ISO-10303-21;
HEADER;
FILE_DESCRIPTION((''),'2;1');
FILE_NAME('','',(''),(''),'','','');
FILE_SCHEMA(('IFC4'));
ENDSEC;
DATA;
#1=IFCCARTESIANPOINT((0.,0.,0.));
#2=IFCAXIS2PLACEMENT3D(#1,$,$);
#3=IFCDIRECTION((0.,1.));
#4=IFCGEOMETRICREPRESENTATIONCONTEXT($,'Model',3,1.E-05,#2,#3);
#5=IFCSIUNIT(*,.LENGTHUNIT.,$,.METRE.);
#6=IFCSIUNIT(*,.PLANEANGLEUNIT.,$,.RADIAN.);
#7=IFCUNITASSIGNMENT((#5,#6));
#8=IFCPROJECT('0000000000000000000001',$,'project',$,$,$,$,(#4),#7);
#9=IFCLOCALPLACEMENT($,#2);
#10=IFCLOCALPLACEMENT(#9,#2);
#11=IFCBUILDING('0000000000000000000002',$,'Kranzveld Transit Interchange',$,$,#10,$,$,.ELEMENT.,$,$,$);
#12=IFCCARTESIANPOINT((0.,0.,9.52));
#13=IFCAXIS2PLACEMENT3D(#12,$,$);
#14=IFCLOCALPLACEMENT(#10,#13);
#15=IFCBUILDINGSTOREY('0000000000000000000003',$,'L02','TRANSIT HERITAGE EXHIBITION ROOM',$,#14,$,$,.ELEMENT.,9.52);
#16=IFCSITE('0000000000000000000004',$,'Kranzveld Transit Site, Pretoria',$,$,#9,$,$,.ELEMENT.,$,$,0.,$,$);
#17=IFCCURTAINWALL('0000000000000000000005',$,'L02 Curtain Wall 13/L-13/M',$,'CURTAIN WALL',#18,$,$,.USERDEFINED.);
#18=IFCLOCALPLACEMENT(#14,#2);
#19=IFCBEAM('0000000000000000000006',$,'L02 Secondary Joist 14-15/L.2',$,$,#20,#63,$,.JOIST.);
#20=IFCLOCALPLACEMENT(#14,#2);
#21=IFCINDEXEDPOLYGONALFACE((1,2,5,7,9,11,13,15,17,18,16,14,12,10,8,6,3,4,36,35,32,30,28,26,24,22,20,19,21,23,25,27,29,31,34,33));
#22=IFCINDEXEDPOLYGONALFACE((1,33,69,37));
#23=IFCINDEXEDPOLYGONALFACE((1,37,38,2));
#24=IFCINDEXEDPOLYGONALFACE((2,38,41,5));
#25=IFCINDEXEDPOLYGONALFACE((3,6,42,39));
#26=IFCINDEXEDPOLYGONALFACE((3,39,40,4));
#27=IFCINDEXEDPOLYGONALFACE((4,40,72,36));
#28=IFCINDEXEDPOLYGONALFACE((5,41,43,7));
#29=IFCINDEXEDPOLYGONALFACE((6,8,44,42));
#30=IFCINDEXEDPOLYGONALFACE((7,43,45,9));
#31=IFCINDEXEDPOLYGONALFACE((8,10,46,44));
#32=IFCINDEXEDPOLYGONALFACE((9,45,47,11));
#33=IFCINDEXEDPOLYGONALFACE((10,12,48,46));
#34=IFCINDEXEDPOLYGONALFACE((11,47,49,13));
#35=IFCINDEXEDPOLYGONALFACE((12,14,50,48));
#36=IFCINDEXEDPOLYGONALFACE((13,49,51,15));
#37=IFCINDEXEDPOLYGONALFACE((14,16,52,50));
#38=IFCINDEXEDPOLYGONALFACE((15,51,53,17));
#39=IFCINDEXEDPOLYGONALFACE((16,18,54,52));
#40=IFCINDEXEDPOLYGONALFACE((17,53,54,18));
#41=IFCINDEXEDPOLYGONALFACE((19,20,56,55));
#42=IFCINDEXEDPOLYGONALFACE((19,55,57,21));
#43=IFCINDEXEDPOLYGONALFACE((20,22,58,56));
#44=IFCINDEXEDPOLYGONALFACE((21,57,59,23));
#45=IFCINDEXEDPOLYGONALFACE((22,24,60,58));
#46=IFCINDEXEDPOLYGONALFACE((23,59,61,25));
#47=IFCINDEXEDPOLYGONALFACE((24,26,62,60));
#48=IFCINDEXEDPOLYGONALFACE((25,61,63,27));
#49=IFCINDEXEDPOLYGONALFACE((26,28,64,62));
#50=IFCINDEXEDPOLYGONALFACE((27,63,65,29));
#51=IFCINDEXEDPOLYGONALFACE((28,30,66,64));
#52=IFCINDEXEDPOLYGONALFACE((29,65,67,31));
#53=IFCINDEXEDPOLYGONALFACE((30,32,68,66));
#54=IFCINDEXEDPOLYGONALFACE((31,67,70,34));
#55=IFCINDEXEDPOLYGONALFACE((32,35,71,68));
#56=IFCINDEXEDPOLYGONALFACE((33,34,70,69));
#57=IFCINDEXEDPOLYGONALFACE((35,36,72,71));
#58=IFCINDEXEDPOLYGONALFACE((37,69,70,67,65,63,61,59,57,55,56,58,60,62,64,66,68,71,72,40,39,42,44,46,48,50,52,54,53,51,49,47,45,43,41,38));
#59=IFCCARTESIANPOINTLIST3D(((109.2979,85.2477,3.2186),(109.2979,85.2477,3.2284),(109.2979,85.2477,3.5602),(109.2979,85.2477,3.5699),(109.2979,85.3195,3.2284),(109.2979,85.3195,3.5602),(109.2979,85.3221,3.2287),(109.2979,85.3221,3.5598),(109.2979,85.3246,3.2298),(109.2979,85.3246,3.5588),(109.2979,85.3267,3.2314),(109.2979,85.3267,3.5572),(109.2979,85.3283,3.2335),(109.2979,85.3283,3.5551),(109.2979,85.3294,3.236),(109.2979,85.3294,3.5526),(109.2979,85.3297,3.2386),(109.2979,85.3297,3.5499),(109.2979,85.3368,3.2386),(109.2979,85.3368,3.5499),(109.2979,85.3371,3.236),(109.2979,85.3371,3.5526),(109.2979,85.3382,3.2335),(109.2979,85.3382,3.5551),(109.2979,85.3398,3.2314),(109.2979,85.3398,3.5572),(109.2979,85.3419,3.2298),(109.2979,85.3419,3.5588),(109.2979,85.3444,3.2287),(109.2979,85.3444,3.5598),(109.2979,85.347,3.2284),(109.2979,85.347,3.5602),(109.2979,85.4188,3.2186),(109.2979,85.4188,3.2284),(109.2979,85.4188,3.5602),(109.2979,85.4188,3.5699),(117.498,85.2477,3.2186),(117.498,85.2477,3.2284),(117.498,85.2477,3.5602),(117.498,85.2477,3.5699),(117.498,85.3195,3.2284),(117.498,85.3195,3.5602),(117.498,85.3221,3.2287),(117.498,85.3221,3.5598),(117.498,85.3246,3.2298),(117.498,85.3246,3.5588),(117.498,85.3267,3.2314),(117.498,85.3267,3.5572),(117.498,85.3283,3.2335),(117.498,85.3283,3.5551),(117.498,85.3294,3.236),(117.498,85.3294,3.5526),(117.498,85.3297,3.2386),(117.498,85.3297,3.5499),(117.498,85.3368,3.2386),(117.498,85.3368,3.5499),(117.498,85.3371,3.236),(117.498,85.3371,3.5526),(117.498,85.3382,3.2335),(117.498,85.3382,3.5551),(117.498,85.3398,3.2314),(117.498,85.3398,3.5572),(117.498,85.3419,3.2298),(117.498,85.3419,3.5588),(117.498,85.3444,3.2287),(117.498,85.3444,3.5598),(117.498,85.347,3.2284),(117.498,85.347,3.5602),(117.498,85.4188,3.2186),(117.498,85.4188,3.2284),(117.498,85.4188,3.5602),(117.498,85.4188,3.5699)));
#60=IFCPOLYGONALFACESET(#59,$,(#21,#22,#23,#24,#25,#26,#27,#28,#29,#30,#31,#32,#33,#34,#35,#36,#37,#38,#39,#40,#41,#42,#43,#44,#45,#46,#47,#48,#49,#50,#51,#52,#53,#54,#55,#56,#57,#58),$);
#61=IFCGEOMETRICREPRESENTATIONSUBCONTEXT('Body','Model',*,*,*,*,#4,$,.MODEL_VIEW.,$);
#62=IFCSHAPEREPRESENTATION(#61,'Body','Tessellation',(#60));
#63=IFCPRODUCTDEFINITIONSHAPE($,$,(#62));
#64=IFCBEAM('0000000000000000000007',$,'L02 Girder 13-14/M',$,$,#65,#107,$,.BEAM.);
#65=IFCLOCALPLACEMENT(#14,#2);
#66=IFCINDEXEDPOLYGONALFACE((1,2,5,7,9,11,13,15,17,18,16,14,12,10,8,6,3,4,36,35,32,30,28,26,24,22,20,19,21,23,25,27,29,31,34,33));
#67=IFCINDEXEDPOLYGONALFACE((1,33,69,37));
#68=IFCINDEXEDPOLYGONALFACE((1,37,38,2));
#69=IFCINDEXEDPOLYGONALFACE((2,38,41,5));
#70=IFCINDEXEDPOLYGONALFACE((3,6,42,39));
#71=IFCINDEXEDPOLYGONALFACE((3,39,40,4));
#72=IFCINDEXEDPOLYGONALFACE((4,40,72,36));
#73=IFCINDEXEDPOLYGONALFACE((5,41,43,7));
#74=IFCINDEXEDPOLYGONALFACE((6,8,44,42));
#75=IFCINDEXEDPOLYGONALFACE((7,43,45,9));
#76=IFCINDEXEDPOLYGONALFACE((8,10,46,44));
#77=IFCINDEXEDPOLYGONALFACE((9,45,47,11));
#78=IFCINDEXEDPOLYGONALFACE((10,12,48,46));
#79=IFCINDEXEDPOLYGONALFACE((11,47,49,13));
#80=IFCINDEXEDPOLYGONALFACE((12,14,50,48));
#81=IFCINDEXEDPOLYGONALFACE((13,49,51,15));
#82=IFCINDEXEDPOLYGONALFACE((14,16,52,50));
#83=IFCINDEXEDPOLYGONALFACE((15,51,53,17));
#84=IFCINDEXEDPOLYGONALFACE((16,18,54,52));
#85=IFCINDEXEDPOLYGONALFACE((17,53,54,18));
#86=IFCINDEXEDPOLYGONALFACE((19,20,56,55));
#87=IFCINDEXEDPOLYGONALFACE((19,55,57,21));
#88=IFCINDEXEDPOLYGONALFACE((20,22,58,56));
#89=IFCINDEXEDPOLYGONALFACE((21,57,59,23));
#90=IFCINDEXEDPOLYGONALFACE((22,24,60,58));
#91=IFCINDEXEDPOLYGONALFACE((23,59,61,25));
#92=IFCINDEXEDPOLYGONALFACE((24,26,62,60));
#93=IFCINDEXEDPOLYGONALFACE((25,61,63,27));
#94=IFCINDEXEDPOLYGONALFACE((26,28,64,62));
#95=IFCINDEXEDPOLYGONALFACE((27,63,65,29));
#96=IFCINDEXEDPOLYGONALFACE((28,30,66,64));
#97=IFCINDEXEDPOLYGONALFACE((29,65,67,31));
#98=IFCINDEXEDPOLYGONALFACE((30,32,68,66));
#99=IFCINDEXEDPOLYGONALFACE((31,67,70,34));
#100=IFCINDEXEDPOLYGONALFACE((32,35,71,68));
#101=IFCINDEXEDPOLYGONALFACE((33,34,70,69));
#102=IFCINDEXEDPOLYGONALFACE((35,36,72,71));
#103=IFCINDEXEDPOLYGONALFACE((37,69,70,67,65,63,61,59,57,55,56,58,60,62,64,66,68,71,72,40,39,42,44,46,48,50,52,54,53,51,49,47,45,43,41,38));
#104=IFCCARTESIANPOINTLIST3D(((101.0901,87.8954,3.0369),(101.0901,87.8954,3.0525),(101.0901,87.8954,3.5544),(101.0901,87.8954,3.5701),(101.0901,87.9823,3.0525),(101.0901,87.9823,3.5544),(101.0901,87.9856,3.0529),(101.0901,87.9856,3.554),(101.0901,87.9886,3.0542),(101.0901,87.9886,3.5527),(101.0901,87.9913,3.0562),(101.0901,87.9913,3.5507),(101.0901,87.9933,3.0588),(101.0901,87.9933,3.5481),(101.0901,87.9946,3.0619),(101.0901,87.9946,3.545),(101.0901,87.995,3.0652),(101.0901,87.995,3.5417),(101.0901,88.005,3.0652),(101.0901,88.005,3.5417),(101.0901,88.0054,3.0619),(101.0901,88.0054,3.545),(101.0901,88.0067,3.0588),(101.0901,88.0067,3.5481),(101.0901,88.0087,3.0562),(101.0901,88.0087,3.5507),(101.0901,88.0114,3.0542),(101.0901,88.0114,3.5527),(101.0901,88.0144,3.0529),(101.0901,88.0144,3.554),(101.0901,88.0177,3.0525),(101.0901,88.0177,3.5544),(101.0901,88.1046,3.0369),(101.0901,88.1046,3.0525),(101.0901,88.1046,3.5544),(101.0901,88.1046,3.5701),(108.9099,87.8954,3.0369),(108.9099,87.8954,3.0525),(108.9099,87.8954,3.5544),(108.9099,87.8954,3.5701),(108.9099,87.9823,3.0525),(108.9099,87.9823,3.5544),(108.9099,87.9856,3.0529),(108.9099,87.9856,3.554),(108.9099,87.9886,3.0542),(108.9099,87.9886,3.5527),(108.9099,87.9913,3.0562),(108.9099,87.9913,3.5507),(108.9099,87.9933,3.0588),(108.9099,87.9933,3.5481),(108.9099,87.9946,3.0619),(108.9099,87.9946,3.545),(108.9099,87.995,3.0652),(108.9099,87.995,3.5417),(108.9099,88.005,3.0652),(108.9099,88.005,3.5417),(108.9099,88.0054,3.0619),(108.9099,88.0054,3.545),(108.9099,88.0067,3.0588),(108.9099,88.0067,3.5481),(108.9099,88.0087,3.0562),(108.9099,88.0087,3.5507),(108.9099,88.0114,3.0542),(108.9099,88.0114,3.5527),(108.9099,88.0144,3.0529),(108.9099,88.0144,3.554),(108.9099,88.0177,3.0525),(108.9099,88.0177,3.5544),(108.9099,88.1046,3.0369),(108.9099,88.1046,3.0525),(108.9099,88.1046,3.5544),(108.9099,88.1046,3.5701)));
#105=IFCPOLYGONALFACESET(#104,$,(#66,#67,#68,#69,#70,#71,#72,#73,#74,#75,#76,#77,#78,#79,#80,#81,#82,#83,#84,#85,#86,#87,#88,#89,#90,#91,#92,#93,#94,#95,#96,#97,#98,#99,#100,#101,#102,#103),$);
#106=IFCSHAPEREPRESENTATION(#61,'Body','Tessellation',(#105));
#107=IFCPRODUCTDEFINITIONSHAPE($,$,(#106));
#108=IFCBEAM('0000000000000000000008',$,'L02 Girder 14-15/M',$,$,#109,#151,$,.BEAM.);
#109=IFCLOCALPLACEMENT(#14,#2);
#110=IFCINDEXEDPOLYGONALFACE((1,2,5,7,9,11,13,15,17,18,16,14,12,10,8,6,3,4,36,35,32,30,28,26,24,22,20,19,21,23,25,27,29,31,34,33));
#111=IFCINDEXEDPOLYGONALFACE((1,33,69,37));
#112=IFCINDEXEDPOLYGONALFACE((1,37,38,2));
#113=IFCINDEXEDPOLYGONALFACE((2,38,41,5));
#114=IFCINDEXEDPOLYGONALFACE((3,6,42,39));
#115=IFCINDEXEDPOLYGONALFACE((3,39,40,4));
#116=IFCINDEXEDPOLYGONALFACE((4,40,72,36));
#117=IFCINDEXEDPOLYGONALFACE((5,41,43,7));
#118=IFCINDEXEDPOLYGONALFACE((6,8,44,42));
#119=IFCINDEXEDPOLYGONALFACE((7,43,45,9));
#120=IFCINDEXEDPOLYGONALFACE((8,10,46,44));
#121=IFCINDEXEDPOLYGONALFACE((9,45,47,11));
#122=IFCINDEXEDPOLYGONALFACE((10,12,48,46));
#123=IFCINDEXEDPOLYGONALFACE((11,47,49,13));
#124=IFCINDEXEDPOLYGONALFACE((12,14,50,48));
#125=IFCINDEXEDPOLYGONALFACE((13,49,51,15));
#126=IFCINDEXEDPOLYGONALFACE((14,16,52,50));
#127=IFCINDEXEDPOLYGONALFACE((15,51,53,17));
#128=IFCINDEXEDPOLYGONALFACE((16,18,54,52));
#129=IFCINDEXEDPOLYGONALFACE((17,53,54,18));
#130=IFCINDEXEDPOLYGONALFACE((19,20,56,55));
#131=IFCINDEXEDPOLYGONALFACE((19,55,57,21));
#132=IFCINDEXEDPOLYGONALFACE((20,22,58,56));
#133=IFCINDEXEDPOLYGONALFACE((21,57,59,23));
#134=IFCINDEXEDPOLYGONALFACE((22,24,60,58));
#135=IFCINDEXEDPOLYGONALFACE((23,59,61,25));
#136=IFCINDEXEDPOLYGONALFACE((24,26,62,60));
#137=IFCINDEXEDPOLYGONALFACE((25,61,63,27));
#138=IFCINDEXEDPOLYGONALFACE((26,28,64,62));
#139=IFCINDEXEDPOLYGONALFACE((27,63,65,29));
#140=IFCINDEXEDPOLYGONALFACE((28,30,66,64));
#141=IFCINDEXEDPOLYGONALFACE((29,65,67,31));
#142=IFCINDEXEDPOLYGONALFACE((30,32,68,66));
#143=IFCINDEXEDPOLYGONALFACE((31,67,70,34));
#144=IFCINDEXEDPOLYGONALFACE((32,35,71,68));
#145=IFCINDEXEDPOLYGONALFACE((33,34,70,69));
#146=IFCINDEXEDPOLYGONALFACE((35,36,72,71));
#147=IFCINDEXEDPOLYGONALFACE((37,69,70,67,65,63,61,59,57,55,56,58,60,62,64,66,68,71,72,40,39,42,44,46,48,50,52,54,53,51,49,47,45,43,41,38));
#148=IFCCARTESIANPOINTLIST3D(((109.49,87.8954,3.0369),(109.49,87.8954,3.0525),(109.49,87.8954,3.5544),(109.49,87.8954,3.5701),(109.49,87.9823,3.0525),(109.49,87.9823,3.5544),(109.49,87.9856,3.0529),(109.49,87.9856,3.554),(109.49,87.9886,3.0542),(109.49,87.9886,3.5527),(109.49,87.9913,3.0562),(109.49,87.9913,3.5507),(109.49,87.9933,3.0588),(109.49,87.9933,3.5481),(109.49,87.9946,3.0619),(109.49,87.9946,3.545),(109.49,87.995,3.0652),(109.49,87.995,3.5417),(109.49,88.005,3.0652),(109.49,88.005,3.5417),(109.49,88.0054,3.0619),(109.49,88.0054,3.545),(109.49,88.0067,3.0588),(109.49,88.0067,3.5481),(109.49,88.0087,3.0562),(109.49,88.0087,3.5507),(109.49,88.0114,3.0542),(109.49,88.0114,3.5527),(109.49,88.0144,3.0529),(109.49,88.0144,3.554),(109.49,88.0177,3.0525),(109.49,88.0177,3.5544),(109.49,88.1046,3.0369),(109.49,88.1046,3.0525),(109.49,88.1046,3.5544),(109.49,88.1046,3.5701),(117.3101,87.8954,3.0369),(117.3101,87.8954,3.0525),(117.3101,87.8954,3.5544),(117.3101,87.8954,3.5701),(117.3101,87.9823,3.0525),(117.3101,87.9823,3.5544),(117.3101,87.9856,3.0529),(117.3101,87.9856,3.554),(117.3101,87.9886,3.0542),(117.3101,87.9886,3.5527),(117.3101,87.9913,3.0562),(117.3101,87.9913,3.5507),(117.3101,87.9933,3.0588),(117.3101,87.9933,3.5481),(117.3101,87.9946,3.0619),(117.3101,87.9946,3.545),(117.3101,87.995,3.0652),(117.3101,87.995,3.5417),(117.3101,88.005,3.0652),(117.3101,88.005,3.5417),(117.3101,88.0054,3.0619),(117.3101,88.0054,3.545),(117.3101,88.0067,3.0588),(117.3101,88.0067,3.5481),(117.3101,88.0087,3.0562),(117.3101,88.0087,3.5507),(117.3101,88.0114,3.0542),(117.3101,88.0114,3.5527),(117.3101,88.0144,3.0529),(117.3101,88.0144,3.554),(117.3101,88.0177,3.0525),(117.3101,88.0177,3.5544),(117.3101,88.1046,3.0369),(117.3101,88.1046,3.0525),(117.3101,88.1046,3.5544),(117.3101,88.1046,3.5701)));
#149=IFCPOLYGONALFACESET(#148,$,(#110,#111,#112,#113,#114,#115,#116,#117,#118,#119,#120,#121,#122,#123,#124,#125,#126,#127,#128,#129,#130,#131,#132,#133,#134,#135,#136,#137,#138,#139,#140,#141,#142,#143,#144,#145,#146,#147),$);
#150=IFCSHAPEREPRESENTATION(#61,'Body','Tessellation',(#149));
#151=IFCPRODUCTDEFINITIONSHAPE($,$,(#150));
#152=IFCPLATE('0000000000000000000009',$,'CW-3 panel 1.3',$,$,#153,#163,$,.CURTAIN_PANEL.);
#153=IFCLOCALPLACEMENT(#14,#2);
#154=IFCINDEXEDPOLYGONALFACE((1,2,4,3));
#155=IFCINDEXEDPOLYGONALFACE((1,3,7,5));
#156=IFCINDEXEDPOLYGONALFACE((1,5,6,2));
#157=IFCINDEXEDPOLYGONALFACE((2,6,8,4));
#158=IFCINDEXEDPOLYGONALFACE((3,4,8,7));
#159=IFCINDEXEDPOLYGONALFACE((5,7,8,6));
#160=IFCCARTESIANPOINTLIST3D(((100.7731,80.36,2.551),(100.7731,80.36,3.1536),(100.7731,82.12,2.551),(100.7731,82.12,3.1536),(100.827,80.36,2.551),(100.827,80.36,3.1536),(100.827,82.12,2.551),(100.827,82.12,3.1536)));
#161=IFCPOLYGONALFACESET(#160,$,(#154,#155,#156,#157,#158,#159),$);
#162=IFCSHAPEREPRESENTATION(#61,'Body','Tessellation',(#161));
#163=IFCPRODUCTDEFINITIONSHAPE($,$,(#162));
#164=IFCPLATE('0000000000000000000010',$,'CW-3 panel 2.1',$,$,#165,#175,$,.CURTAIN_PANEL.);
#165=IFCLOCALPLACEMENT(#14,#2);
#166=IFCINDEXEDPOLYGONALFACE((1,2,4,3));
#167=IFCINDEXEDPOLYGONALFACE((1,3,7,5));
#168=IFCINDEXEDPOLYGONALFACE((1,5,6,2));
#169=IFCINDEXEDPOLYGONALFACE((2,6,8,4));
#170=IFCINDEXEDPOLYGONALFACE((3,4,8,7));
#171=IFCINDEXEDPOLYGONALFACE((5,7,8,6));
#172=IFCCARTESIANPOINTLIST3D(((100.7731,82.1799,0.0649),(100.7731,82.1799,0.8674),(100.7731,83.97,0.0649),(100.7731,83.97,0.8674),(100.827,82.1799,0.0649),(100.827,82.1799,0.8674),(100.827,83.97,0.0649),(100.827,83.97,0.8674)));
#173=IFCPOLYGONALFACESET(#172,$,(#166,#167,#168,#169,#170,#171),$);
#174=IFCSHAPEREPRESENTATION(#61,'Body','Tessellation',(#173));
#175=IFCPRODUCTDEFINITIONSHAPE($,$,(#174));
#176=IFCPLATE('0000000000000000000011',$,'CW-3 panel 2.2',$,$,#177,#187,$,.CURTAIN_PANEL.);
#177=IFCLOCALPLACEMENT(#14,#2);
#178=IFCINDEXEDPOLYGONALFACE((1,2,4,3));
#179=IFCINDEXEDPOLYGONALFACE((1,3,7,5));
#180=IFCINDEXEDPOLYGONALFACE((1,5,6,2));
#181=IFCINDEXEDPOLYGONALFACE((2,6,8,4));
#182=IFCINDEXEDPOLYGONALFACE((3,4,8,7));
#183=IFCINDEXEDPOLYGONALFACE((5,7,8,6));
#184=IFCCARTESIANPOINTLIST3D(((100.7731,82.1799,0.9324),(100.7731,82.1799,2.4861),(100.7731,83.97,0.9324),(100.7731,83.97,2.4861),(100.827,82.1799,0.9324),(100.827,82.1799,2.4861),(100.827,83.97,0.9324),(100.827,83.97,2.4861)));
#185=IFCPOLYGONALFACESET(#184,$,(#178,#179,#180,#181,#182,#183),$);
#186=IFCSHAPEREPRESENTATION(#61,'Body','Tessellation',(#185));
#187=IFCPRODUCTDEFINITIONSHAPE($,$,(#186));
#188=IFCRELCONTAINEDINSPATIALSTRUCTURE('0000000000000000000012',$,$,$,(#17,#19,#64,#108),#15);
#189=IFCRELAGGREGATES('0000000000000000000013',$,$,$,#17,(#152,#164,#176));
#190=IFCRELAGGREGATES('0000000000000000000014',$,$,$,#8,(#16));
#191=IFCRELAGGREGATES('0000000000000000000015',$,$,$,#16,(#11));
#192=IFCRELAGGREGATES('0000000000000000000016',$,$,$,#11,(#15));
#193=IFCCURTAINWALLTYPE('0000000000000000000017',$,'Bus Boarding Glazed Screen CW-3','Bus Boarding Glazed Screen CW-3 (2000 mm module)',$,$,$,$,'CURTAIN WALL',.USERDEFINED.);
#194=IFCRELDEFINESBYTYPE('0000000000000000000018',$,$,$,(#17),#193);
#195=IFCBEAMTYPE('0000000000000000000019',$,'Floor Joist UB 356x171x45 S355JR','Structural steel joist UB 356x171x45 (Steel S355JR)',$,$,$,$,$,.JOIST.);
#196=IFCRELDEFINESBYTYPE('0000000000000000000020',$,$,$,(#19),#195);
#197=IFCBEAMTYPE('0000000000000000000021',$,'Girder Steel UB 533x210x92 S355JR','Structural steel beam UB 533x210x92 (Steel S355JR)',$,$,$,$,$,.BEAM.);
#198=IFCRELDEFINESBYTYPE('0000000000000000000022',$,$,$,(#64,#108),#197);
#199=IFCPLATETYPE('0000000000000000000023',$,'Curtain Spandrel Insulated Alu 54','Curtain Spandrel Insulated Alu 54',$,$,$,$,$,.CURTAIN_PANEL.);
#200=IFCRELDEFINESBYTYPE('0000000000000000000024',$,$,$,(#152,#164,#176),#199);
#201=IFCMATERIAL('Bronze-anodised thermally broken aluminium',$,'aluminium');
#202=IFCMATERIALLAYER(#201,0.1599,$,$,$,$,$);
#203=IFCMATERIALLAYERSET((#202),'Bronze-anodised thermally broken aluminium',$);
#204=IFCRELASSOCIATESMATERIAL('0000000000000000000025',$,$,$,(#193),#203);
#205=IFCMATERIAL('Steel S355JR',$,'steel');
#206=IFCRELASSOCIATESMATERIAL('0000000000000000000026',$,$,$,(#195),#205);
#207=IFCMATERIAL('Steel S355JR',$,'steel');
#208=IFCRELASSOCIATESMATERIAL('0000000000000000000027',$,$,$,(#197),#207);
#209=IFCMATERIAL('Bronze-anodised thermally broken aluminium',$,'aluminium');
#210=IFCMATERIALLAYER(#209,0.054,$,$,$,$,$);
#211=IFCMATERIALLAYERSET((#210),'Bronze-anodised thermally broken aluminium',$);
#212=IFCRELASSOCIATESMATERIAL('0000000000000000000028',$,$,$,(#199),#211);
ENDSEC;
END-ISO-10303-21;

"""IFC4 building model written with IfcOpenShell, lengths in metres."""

from ifc_helpers import new_model, si_unit, direction, frame, origin, origin_2d, place, context, subcontext, project, spatial, rectangle, i_section, extrude, material, layer, layer_set, material_profile, profile_set, type_object, element, aggregate, save


model = new_model("IFC4")

# Units and contexts
model_context = context("Model", 3, precision=1e-05, world=origin(), true_north=direction((0.0, 1.0)))
body_context = subcontext(model_context, "Body", "Model", "MODEL_VIEW")
ifc_project = project(units=[si_unit("LENGTHUNIT", "METRE"), si_unit("PLANEANGLEUNIT", "RADIAN")], contexts=[model_context])

# Site, building, storey
site_placement = place(None, origin())
site = spatial("IfcSite", under=ifc_project, at=site_placement, Name="Kranzveld Transit Site, Pretoria", CompositionType="ELEMENT", RefElevation=0.0)
building_placement = place(site_placement, origin())
building = spatial("IfcBuilding", under=site, at=building_placement, Name="Kranzveld Transit Interchange", CompositionType="ELEMENT")
storey_placement = place(building_placement, frame((0.0, 0.0, 9.52)))
storey = spatial("IfcBuildingStorey", under=building, at=storey_placement, Name="L02", Description="TRANSIT HERITAGE EXHIBITION ROOM", CompositionType="ELEMENT", Elevation=9.52)

# Curtain wall
ifc_material_1 = material(Name="Bronze-anodised thermally broken aluminium", Category="aluminium")
ifc_layer_1 = layer(ifc_material_1, 0.1599)
ifc_layer_set_1 = layer_set([ifc_layer_1], Name="Bronze-anodised thermally broken aluminium")
curtain_wall_type = type_object("IfcCurtainWallType", Name="Bus Boarding Glazed Screen CW-3", Description="Bus Boarding Glazed Screen CW-3 (2000 mm module)", ElementType="CURTAIN WALL", PredefinedType="USERDEFINED", material=ifc_layer_set_1)
curtain_wall_placement = place(storey_placement, origin())
curtain_wall = element("IfcCurtainWall", 1, at=curtain_wall_placement, inside=storey, type_object=curtain_wall_type, Name="L02 Curtain Wall 13/L-13/M", ObjectType="CURTAIN WALL", PredefinedType="USERDEFINED")

# Beams
ifc_material_2 = material(Name="Steel S355JR", Category="steel")
ifc_material_profile_1 = material_profile(ifc_material_2, i_section(OverallWidth=0.1711, OverallDepth=0.3513, WebThickness=0.0071, FlangeThickness=0.0098, FilletRadius=0.0103, at=origin_2d()), Name="UB 356x171x45")
ifc_profile_set_1 = profile_set([ifc_material_profile_1], Name="Steel S355JR")
beam_type_1 = type_object("IfcBeamType", Name="Floor Joist UB 356x171x45 S355JR", Description="Structural steel joist UB 356x171x45 (Steel S355JR)", PredefinedType="JOIST", material=ifc_profile_set_1)
for number, where, z_axis, x_axis, name in (
    (2, (109.2979, 85.3333, 3.3943), (1.0, 0.0, 0.0), (0.0, 1.0, 0.0), "L02 Secondary Joist 14-15/L.2"),
):
    element("IfcBeam", number, at=place(storey_placement, frame(where, z_axis=z_axis, x_axis=x_axis)), inside=storey, type_object=beam_type_1, Name=name, PredefinedType="JOIST", context=body_context, shape_type="SweptSolid", body=[
        extrude(i_section(OverallWidth=0.1711, OverallDepth=0.3513, WebThickness=0.0071, FlangeThickness=0.0098, FilletRadius=0.0103, at=origin_2d()), origin(), (0.0, 0.0, 1.0), 8.2002),
    ])
ifc_material_3 = material(Name="Steel S355JR", Category="steel")
ifc_material_profile_2 = material_profile(ifc_material_3, i_section(OverallWidth=0.2092, OverallDepth=0.5332, WebThickness=0.01, FlangeThickness=0.0156, FilletRadius=0.0127, at=origin_2d()), Name="UB 533x210x92")
ifc_profile_set_2 = profile_set([ifc_material_profile_2], Name="Steel S355JR")
beam_type_2 = type_object("IfcBeamType", Name="Girder Steel UB 533x210x92 S355JR", Description="Structural steel beam UB 533x210x92 (Steel S355JR)", PredefinedType="BEAM", material=ifc_profile_set_2)
beam_1_placement = place(storey_placement, frame((101.0901, 88.0, 3.3035), z_axis=(1.0, 0.0, 0.0), x_axis=(0.0, 1.0, 0.0)))
element("IfcBeam", 3, at=beam_1_placement, inside=storey, type_object=beam_type_2, Name="L02 Girder 13-14/M", PredefinedType="BEAM", context=body_context, shape_type="SweptSolid", body=[
    extrude(i_section(OverallWidth=0.2092, OverallDepth=0.5332, WebThickness=0.01, FlangeThickness=0.0156, FilletRadius=0.0127, at=origin_2d()), origin(), (0.0, 0.0, 1.0), 7.8198),
])
beam_2_placement = place(storey_placement, frame((109.49, 88.0, 3.3035), z_axis=(1.0, 0.0, 0.0), x_axis=(0.0, 1.0, 0.0)))
element("IfcBeam", 4, at=beam_2_placement, inside=storey, type_object=beam_type_2, Name="L02 Girder 14-15/M", PredefinedType="BEAM", context=body_context, shape_type="SweptSolid", body=[
    extrude(i_section(OverallWidth=0.2092, OverallDepth=0.5332, WebThickness=0.01, FlangeThickness=0.0156, FilletRadius=0.0127, at=origin_2d()), origin(), (0.0, 0.0, 1.0), 7.8201),
])

# Plates
ifc_material_4 = material(Name="Bronze-anodised thermally broken aluminium", Category="aluminium")
ifc_layer_2 = layer(ifc_material_4, 0.054)
ifc_layer_set_2 = layer_set([ifc_layer_2], Name="Bronze-anodised thermally broken aluminium")
plate_type = type_object("IfcPlateType", Name="Curtain Spandrel Insulated Alu 54", Description="Curtain Spandrel Insulated Alu 54", PredefinedType="CURTAIN_PANEL", material=ifc_layer_set_2)
plate_1_placement = place(storey_placement, frame((100.8, 81.24, 2.551), z_axis=(0.0, 0.0, 1.0), x_axis=(0.0, 1.0, 0.0)))
plate_1 = element("IfcPlate", 5, at=plate_1_placement, type_object=plate_type, Name="CW-3 panel 1.3", PredefinedType="CURTAIN_PANEL", context=body_context, shape_type="SweptSolid", body=[
    extrude(rectangle(XDim=1.76, YDim=0.054, at=origin_2d()), origin(), (0.0, 0.0, 1.0), 0.6025),
])
plate_2_placement = place(storey_placement, frame((100.8, 83.075, 0.0649), z_axis=(0.0, 0.0, 1.0), x_axis=(0.0, 1.0, 0.0)))
plate_2 = element("IfcPlate", 6, at=plate_2_placement, type_object=plate_type, Name="CW-3 panel 2.1", PredefinedType="CURTAIN_PANEL", context=body_context, shape_type="SweptSolid", body=[
    extrude(rectangle(XDim=1.79, YDim=0.054, at=origin_2d()), origin(), (0.0, 0.0, 1.0), 0.8025),
])
plate_3_placement = place(storey_placement, frame((100.8, 83.075, 0.9324), z_axis=(0.0, 0.0, 1.0), x_axis=(0.0, 1.0, 0.0)))
plate_3 = element("IfcPlate", 7, at=plate_3_placement, type_object=plate_type, Name="CW-3 panel 2.2", PredefinedType="CURTAIN_PANEL", context=body_context, shape_type="SweptSolid", body=[
    extrude(rectangle(XDim=1.79, YDim=0.054, at=origin_2d()), origin(), (0.0, 0.0, 1.0), 1.5537),
])
aggregate(curtain_wall, [plate_1, plate_2, plate_3])

save(model, "model.ifc")
